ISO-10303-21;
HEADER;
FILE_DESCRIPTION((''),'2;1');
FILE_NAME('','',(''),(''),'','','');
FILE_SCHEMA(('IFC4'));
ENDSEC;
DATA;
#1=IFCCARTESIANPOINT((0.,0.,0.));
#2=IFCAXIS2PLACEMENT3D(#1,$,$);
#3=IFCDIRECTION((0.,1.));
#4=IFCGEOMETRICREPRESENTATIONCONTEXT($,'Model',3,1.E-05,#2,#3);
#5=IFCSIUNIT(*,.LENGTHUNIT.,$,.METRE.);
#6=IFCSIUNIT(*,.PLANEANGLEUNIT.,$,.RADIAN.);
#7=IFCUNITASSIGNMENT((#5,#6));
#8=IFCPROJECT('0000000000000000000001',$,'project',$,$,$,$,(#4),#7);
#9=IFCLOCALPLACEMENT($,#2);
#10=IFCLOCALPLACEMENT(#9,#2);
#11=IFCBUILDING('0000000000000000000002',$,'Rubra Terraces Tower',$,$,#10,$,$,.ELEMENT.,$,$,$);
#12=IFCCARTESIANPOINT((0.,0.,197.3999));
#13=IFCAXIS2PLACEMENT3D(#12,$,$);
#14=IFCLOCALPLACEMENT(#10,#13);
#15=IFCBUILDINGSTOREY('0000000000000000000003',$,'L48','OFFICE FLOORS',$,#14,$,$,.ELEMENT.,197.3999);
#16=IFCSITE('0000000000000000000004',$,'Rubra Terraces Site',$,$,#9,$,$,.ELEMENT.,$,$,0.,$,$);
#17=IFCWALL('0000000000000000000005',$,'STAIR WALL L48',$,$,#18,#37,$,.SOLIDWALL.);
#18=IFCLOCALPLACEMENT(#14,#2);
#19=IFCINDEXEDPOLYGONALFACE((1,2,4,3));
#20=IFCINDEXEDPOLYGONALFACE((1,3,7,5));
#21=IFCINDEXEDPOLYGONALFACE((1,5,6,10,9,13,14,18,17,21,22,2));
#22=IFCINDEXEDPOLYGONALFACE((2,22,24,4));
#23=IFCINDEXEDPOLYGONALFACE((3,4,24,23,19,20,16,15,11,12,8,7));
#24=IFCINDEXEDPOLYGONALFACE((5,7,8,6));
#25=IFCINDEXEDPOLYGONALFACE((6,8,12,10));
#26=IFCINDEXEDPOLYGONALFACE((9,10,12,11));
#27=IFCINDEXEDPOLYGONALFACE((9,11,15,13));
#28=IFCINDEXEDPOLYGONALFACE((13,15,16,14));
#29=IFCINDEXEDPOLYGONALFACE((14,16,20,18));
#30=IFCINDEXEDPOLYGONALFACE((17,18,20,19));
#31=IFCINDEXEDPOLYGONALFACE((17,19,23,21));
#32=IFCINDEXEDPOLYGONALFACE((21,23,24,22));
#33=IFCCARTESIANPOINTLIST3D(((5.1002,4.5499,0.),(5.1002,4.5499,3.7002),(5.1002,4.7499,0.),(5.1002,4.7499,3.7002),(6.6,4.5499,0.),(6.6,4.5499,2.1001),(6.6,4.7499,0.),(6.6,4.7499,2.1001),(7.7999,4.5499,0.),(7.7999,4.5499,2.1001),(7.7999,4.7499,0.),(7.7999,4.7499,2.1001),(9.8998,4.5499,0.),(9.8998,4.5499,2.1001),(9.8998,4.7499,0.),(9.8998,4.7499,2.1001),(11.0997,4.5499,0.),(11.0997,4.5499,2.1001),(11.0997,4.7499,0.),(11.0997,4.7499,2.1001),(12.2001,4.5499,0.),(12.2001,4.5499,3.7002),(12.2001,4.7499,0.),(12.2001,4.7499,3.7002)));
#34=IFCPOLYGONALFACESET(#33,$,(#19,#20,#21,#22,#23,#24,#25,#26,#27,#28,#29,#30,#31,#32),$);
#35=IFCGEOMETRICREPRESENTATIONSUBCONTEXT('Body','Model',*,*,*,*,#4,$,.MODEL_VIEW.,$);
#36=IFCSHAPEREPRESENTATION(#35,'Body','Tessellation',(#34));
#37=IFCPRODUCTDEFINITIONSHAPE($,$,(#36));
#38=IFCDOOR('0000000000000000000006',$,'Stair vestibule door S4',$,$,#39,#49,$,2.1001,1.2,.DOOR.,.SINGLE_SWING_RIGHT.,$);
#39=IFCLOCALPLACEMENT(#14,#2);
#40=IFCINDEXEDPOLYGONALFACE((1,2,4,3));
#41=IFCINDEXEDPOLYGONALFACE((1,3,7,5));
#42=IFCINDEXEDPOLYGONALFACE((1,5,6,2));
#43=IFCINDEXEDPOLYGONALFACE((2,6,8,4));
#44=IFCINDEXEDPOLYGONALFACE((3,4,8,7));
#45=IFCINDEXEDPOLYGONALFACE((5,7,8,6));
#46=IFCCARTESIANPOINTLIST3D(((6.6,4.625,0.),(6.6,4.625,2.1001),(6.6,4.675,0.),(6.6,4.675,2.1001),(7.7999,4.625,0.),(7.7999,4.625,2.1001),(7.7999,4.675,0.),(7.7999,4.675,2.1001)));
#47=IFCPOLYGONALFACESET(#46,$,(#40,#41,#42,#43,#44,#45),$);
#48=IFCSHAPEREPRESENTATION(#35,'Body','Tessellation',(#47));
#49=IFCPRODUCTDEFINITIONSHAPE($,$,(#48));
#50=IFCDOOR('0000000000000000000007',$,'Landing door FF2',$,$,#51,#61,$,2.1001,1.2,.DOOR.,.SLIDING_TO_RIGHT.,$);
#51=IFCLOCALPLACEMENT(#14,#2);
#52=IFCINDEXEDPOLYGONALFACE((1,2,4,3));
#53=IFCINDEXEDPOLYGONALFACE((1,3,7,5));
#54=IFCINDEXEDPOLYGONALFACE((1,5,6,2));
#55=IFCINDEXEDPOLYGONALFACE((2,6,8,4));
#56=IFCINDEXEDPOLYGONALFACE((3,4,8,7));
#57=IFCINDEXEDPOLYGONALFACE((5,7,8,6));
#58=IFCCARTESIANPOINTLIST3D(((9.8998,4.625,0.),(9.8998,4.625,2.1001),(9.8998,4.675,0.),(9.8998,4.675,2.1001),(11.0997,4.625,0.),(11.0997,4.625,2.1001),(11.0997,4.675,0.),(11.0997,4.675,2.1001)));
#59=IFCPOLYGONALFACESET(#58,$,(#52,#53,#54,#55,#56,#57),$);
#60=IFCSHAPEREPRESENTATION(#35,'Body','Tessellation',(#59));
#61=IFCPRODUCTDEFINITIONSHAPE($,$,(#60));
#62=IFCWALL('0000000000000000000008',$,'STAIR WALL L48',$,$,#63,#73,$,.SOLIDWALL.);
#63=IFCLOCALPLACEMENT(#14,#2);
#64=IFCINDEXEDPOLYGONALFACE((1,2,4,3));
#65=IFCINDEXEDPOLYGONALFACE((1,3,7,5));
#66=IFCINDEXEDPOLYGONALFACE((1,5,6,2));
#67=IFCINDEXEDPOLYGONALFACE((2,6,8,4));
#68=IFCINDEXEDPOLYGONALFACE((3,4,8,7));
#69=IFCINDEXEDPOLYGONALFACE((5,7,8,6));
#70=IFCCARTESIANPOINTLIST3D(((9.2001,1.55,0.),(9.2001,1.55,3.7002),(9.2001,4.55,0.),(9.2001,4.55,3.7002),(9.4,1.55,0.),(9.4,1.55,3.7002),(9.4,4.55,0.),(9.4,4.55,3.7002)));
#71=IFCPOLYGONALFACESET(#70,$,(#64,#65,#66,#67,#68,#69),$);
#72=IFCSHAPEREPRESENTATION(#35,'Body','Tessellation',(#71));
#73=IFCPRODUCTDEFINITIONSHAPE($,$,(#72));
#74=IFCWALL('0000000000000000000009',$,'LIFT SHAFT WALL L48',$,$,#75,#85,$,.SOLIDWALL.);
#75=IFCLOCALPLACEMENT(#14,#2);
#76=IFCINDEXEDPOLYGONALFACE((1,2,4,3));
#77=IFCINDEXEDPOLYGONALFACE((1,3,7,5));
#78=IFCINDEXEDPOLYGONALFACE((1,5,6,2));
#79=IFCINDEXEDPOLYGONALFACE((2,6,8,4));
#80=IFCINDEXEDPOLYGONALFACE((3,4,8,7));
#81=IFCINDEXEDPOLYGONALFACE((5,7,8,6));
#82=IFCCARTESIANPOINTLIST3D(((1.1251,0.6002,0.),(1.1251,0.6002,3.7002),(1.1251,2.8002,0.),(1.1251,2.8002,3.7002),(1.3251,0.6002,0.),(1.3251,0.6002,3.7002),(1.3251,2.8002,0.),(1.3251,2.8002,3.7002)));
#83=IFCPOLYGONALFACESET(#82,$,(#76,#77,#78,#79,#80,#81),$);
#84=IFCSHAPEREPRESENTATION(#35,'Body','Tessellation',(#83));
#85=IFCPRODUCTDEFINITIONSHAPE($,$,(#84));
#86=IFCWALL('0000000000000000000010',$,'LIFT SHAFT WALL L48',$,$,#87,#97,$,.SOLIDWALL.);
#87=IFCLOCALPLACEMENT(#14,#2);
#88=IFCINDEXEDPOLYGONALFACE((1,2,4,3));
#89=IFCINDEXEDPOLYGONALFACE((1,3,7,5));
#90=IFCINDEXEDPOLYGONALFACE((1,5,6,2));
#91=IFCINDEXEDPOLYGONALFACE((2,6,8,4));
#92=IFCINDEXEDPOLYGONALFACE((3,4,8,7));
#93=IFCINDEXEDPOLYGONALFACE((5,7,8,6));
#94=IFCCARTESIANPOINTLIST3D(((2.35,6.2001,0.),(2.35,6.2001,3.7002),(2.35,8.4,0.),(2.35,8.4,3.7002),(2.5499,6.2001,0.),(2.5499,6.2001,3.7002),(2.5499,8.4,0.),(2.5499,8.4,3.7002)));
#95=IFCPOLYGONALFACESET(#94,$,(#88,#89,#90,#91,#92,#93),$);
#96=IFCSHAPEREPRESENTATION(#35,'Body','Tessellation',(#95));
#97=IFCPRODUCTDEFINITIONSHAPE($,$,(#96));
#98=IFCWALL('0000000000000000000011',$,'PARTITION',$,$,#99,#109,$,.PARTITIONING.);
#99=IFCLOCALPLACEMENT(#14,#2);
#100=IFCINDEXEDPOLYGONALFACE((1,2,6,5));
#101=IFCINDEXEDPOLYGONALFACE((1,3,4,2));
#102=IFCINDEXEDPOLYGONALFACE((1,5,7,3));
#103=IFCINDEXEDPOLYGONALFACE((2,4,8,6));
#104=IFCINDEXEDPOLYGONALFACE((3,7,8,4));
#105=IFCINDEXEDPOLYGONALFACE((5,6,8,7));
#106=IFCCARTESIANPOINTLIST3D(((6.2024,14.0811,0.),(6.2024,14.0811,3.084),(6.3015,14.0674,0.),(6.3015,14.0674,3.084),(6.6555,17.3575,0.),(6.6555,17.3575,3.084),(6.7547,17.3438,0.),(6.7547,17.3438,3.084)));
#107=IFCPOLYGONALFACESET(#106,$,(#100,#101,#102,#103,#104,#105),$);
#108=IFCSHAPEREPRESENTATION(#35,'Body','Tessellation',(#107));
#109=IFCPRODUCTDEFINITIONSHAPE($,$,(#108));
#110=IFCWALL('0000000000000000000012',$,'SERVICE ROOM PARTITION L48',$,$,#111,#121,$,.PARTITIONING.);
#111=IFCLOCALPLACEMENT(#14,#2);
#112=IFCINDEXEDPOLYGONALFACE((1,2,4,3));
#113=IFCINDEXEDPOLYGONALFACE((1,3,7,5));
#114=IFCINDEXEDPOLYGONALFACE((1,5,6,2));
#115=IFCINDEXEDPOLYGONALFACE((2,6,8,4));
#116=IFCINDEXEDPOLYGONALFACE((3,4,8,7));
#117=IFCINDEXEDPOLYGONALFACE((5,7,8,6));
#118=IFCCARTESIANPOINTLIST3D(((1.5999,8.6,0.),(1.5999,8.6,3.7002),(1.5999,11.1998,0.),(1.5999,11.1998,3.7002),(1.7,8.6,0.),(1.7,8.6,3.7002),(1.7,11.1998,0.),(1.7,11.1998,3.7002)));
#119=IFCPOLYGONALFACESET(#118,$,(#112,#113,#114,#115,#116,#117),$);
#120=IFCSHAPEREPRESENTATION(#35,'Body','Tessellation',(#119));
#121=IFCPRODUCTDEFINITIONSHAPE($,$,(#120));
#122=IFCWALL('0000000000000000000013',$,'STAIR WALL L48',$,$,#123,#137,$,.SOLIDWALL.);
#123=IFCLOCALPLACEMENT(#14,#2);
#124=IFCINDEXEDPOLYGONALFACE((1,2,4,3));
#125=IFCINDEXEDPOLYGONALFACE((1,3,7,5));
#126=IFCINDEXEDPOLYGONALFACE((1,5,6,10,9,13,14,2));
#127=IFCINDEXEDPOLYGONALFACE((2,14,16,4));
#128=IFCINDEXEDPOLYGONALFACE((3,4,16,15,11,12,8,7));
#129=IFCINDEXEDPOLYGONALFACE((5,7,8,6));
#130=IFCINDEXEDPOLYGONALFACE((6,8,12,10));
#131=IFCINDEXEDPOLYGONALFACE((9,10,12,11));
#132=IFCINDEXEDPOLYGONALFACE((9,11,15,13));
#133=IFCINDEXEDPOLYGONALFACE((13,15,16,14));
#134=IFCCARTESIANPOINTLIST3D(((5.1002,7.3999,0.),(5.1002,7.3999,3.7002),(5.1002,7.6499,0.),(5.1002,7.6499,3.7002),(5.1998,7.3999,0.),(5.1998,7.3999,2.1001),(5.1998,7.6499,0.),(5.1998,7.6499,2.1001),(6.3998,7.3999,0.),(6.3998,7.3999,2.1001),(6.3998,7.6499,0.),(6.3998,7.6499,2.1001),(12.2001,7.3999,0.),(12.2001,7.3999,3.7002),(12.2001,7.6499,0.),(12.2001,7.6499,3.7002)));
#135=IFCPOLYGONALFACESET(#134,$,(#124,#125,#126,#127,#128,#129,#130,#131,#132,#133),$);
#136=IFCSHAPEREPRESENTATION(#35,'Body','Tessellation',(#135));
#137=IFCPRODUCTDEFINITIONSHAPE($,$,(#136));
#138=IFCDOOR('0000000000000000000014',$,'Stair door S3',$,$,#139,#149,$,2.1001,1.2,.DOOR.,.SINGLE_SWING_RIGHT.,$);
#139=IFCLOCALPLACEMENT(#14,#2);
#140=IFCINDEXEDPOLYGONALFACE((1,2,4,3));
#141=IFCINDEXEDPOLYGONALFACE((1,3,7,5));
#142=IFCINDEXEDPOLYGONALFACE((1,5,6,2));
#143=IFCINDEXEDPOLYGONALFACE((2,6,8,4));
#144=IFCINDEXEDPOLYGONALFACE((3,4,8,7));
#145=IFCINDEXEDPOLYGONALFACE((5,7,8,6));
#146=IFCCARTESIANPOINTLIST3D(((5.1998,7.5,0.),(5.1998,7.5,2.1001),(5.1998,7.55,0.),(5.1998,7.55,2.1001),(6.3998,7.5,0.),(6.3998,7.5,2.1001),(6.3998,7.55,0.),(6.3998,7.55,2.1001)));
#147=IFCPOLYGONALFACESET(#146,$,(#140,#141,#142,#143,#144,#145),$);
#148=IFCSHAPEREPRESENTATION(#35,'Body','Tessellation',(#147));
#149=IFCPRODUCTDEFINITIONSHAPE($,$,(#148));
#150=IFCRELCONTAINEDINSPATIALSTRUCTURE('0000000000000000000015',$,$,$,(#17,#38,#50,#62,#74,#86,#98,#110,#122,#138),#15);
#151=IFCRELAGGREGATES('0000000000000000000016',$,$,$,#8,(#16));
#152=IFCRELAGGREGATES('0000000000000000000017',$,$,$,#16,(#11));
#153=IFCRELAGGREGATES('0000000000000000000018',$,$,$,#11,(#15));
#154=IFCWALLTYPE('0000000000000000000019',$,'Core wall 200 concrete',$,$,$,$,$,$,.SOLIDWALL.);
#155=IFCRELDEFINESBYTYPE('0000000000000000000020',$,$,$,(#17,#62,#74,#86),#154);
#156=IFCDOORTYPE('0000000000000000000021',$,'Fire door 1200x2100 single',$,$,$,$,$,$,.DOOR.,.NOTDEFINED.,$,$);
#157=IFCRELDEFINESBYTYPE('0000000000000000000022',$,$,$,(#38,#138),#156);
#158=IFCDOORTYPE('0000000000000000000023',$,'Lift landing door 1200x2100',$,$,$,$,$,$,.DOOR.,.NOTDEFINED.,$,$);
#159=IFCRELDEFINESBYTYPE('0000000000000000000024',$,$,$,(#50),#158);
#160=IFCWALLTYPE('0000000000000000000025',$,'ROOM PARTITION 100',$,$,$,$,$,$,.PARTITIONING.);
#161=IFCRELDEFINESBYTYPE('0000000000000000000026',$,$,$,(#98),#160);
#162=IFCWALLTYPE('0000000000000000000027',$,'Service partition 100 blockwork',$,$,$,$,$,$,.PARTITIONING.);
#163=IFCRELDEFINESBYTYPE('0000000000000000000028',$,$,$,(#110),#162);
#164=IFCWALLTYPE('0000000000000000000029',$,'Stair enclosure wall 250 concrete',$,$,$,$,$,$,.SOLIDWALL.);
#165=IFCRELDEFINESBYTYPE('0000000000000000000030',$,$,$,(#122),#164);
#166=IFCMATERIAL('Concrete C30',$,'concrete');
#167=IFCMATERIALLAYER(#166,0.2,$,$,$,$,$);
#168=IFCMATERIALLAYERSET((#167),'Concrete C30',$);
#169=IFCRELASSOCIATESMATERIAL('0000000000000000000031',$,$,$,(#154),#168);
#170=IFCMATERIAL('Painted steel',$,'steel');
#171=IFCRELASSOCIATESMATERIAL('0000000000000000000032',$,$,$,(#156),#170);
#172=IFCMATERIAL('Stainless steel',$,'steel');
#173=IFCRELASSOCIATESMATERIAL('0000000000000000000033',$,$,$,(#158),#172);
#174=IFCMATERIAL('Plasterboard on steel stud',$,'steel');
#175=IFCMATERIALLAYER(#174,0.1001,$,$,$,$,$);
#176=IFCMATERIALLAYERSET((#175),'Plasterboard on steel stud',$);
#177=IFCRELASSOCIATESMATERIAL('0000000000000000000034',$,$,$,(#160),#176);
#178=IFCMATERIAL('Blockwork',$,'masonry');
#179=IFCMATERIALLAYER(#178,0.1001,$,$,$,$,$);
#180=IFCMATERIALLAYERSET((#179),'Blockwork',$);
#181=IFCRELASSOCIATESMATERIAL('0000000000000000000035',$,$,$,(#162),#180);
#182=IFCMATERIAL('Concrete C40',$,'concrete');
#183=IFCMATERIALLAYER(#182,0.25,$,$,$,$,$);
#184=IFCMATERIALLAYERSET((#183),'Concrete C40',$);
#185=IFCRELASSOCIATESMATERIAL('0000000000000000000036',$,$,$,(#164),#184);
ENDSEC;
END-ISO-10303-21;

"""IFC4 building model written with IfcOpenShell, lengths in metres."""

from ifc_helpers import new_model, si_unit, direction, frame, frame_2d, origin, place, context, subcontext, project, spatial, rectangle, extrude, material, layer, layer_set, type_object, element, fill, save


model = new_model("IFC4")

# Units and contexts
model_context = context("Model", 3, precision=1e-05, world=origin(), true_north=direction((0.0, 1.0)))
body_context = subcontext(model_context, "Body", "Model", "MODEL_VIEW")
ifc_project = project(units=[si_unit("LENGTHUNIT", "METRE"), si_unit("PLANEANGLEUNIT", "RADIAN")], contexts=[model_context])

# Site, building, storey
site_placement = place(None, origin())
site = spatial("IfcSite", under=ifc_project, at=site_placement, Name="Rubra Terraces Site", CompositionType="ELEMENT", RefElevation=0.0)
building_placement = place(site_placement, origin())
building = spatial("IfcBuilding", under=site, at=building_placement, Name="Rubra Terraces Tower", CompositionType="ELEMENT")
storey_placement = place(building_placement, frame((0.0, 0.0, 197.3999)))
storey = spatial("IfcBuildingStorey", under=building, at=storey_placement, Name="L48", Description="OFFICE FLOORS", CompositionType="ELEMENT", Elevation=197.3999)

# Shared definitions
ifc_material_1 = material(Name="Concrete C40", Category="concrete")

# Wall, openings, doors
ifc_material_2 = material(Name="Concrete C30", Category="concrete")
ifc_layer_1 = layer(ifc_material_2, 0.2)
ifc_layer_set_1 = layer_set([ifc_layer_1], Name="Concrete C30")
wall_type_1 = type_object("IfcWallType", Name="Core wall 200 concrete", PredefinedType="SOLIDWALL", material=ifc_layer_set_1)
wall_1_placement = place(storey_placement, frame((12.2, 4.6499, 0.0), z_axis=(0.0, 0.0, 1.0), x_axis=(-1.0, 0.0, 0.0)))
wall_1 = element("IfcWall", 1, at=wall_1_placement, inside=storey, type_object=wall_type_1, Name="STAIR WALL L48", PredefinedType="SOLIDWALL", context=body_context, shape_type="SweptSolid", body=[
    extrude(rectangle(XDim=7.0999, YDim=0.2, at=frame_2d((3.5498, 0.0))), origin(), (0.0, 0.0, 1.0), 3.7002),
])
opening_1_placement = place(wall_1_placement, frame((4.3999, 0.0, 0.0)))
opening_1 = element("IfcOpeningElement", 2, at=opening_1_placement, cuts=wall_1, PredefinedType="OPENING", context=body_context, shape_type="SweptSolid", body=[
    extrude(rectangle(XDim=1.2, YDim=2.1001, at=frame_2d((0.6001, 1.05))), frame((0.0, 0.1099, 0.0), z_axis=(0.0, -1.0, 0.0), x_axis=(1.0, 0.0, 0.0)), (0.0, 0.0, 1.0), 0.22),
])
opening_2_placement = place(wall_1_placement, frame((1.1001, 0.0, 0.0)))
opening_2 = element("IfcOpeningElement", 3, at=opening_2_placement, cuts=wall_1, PredefinedType="OPENING", context=body_context, shape_type="SweptSolid", body=[
    extrude(rectangle(XDim=1.2, YDim=2.1001, at=frame_2d((0.6001, 1.05))), frame((0.0, 0.1099, 0.0), z_axis=(0.0, -1.0, 0.0), x_axis=(1.0, 0.0, 0.0)), (0.0, 0.0, 1.0), 0.22),
])
ifc_material_3 = material(Name="Painted steel", Category="steel")
door_type_1 = type_object("IfcDoorType", Name="Fire door 1200x2100 single", OperationType="NOTDEFINED", PredefinedType="DOOR", material=ifc_material_3)
door_1_placement = place(opening_1_placement, origin())
door_1 = element("IfcDoor", 4, at=door_1_placement, inside=storey, type_object=door_type_1, Name="Stair vestibule door S4", OperationType="SINGLE_SWING_RIGHT", OverallHeight=2.1001, OverallWidth=1.2, PredefinedType="DOOR", context=body_context, shape_type="SweptSolid", body=[
    extrude(rectangle(XDim=1.2, YDim=2.1001, at=frame_2d((0.6001, 1.05))), frame((0.0, 0.0249, 0.0), z_axis=(0.0, -1.0, 0.0), x_axis=(1.0, 0.0, 0.0)), (0.0, 0.0, 1.0), 0.05),
])
fill(opening_1, door_1)
ifc_material_4 = material(Name="Stainless steel", Category="steel")
door_type_2 = type_object("IfcDoorType", Name="Lift landing door 1200x2100", OperationType="NOTDEFINED", PredefinedType="DOOR", material=ifc_material_4)
door_2_placement = place(opening_2_placement, origin())
door_2 = element("IfcDoor", 5, at=door_2_placement, inside=storey, type_object=door_type_2, Name="Landing door FF2", OperationType="SLIDING_TO_RIGHT", OverallHeight=2.1001, OverallWidth=1.2, PredefinedType="DOOR", context=body_context, shape_type="SweptSolid", body=[
    extrude(rectangle(XDim=1.2, YDim=2.1001, at=frame_2d((0.6001, 1.05))), frame((0.0, 0.0249, 0.0), z_axis=(0.0, -1.0, 0.0), x_axis=(1.0, 0.0, 0.0)), (0.0, 0.0, 1.0), 0.05),
])
fill(opening_2, door_2)

# Walls
wall_2_placement = place(storey_placement, frame((9.3, 4.55, 0.0), z_axis=(0.0, 0.0, 1.0), x_axis=(0.0, -1.0, 0.0)))
element("IfcWall", 6, at=wall_2_placement, inside=storey, type_object=wall_type_1, Name="STAIR WALL L48", PredefinedType="SOLIDWALL", context=body_context, shape_type="SweptSolid", body=[
    extrude(rectangle(XDim=3.0, YDim=0.2, at=frame_2d((1.5, 0.0))), origin(), (0.0, 0.0, 1.0), 3.7002),
])
for number, where, z_axis, x_axis, name in (
    (7, (1.2251, 0.6001, 0.0), (0.0, 0.0, 1.0), (0.0, 1.0, 0.0), "LIFT SHAFT WALL L48"),
    (8, (2.45, 6.2, 0.0), (0.0, 0.0, 1.0), (0.0, 1.0, 0.0), "LIFT SHAFT WALL L48"),
):
    element("IfcWall", number, at=place(storey_placement, frame(where, z_axis=z_axis, x_axis=x_axis)), inside=storey, type_object=wall_type_1, Name=name, PredefinedType="SOLIDWALL", context=body_context, shape_type="SweptSolid", body=[
        extrude(rectangle(XDim=2.2, YDim=0.2, at=frame_2d((1.1001, 0.0))), origin(), (0.0, 0.0, 1.0), 3.7002),
    ])
ifc_material_5 = material(Name="Plasterboard on steel stud", Category="steel")
ifc_layer_2 = layer(ifc_material_5, 0.1001)
ifc_layer_set_2 = layer_set([ifc_layer_2], Name="Plasterboard on steel stud")
wall_type_2 = type_object("IfcWallType", Name="ROOM PARTITION 100", PredefinedType="PARTITIONING", material=ifc_layer_set_2)
wall_3_placement = place(storey_placement, frame((6.252, 14.0742, 0.0), z_axis=(0.0, 0.0, 1.0), x_axis=(0.136997, 0.990571, 0.0)))
element("IfcWall", 9, at=wall_3_placement, inside=storey, type_object=wall_type_2, Name="PARTITION", PredefinedType="PARTITIONING", context=body_context, shape_type="SweptSolid", body=[
    extrude(rectangle(XDim=3.3076, YDim=0.1001, at=frame_2d((1.6538, 0.0))), origin(), (0.0, 0.0, 1.0), 3.084),
])
ifc_material_6 = material(Name="Blockwork", Category="masonry")
ifc_layer_3 = layer(ifc_material_6, 0.1001)
ifc_layer_set_3 = layer_set([ifc_layer_3], Name="Blockwork")
wall_type_3 = type_object("IfcWallType", Name="Service partition 100 blockwork", PredefinedType="PARTITIONING", material=ifc_layer_set_3)
wall_4_placement = place(storey_placement, frame((1.6499, 8.6001, 0.0), z_axis=(0.0, 0.0, 1.0), x_axis=(0.0, 1.0, 0.0)))
element("IfcWall", 10, at=wall_4_placement, inside=storey, type_object=wall_type_3, Name="SERVICE ROOM PARTITION L48", PredefinedType="PARTITIONING", context=body_context, shape_type="SweptSolid", body=[
    extrude(rectangle(XDim=2.5999, YDim=0.1001, at=frame_2d((1.2998, 0.0))), origin(), (0.0, 0.0, 1.0), 3.7002),
])

# Wall, opening, door
ifc_layer_4 = layer(ifc_material_1, 0.25)
ifc_layer_set_4 = layer_set([ifc_layer_4], Name="Concrete C40")
wall_type_4 = type_object("IfcWallType", Name="Stair enclosure wall 250 concrete", PredefinedType="SOLIDWALL", material=ifc_layer_set_4)
wall_5_placement = place(storey_placement, frame((12.2, 7.5249, 0.0), z_axis=(0.0, 0.0, 1.0), x_axis=(-1.0, 0.0, 0.0)))
wall_5 = element("IfcWall", 11, at=wall_5_placement, inside=storey, type_object=wall_type_4, Name="STAIR WALL L48", PredefinedType="SOLIDWALL", context=body_context, shape_type="SweptSolid", body=[
    extrude(rectangle(XDim=7.0999, YDim=0.25, at=frame_2d((3.5498, 0.0))), origin(), (0.0, 0.0, 1.0), 3.7002),
])
opening_3_placement = place(wall_5_placement, frame((5.8, 0.0, 0.0)))
opening_3 = element("IfcOpeningElement", 12, at=opening_3_placement, cuts=wall_5, PredefinedType="OPENING", context=body_context, shape_type="SweptSolid", body=[
    extrude(rectangle(XDim=1.2, YDim=2.1001, at=frame_2d((0.6001, 1.05))), frame((0.0, 0.135, 0.0), z_axis=(0.0, -1.0, 0.0), x_axis=(1.0, 0.0, 0.0)), (0.0, 0.0, 1.0), 0.27),
])
door_3_placement = place(opening_3_placement, origin())
door_3 = element("IfcDoor", 13, at=door_3_placement, inside=storey, type_object=door_type_1, Name="Stair door S3", OperationType="SINGLE_SWING_RIGHT", OverallHeight=2.1001, OverallWidth=1.2, PredefinedType="DOOR", context=body_context, shape_type="SweptSolid", body=[
    extrude(rectangle(XDim=1.2, YDim=2.1001, at=frame_2d((0.6001, 1.05))), frame((0.0, 0.0249, 0.0), z_axis=(0.0, -1.0, 0.0), x_axis=(1.0, 0.0, 0.0)), (0.0, 0.0, 1.0), 0.05),
])
fill(opening_3, door_3)

save(model, "model.ifc")
